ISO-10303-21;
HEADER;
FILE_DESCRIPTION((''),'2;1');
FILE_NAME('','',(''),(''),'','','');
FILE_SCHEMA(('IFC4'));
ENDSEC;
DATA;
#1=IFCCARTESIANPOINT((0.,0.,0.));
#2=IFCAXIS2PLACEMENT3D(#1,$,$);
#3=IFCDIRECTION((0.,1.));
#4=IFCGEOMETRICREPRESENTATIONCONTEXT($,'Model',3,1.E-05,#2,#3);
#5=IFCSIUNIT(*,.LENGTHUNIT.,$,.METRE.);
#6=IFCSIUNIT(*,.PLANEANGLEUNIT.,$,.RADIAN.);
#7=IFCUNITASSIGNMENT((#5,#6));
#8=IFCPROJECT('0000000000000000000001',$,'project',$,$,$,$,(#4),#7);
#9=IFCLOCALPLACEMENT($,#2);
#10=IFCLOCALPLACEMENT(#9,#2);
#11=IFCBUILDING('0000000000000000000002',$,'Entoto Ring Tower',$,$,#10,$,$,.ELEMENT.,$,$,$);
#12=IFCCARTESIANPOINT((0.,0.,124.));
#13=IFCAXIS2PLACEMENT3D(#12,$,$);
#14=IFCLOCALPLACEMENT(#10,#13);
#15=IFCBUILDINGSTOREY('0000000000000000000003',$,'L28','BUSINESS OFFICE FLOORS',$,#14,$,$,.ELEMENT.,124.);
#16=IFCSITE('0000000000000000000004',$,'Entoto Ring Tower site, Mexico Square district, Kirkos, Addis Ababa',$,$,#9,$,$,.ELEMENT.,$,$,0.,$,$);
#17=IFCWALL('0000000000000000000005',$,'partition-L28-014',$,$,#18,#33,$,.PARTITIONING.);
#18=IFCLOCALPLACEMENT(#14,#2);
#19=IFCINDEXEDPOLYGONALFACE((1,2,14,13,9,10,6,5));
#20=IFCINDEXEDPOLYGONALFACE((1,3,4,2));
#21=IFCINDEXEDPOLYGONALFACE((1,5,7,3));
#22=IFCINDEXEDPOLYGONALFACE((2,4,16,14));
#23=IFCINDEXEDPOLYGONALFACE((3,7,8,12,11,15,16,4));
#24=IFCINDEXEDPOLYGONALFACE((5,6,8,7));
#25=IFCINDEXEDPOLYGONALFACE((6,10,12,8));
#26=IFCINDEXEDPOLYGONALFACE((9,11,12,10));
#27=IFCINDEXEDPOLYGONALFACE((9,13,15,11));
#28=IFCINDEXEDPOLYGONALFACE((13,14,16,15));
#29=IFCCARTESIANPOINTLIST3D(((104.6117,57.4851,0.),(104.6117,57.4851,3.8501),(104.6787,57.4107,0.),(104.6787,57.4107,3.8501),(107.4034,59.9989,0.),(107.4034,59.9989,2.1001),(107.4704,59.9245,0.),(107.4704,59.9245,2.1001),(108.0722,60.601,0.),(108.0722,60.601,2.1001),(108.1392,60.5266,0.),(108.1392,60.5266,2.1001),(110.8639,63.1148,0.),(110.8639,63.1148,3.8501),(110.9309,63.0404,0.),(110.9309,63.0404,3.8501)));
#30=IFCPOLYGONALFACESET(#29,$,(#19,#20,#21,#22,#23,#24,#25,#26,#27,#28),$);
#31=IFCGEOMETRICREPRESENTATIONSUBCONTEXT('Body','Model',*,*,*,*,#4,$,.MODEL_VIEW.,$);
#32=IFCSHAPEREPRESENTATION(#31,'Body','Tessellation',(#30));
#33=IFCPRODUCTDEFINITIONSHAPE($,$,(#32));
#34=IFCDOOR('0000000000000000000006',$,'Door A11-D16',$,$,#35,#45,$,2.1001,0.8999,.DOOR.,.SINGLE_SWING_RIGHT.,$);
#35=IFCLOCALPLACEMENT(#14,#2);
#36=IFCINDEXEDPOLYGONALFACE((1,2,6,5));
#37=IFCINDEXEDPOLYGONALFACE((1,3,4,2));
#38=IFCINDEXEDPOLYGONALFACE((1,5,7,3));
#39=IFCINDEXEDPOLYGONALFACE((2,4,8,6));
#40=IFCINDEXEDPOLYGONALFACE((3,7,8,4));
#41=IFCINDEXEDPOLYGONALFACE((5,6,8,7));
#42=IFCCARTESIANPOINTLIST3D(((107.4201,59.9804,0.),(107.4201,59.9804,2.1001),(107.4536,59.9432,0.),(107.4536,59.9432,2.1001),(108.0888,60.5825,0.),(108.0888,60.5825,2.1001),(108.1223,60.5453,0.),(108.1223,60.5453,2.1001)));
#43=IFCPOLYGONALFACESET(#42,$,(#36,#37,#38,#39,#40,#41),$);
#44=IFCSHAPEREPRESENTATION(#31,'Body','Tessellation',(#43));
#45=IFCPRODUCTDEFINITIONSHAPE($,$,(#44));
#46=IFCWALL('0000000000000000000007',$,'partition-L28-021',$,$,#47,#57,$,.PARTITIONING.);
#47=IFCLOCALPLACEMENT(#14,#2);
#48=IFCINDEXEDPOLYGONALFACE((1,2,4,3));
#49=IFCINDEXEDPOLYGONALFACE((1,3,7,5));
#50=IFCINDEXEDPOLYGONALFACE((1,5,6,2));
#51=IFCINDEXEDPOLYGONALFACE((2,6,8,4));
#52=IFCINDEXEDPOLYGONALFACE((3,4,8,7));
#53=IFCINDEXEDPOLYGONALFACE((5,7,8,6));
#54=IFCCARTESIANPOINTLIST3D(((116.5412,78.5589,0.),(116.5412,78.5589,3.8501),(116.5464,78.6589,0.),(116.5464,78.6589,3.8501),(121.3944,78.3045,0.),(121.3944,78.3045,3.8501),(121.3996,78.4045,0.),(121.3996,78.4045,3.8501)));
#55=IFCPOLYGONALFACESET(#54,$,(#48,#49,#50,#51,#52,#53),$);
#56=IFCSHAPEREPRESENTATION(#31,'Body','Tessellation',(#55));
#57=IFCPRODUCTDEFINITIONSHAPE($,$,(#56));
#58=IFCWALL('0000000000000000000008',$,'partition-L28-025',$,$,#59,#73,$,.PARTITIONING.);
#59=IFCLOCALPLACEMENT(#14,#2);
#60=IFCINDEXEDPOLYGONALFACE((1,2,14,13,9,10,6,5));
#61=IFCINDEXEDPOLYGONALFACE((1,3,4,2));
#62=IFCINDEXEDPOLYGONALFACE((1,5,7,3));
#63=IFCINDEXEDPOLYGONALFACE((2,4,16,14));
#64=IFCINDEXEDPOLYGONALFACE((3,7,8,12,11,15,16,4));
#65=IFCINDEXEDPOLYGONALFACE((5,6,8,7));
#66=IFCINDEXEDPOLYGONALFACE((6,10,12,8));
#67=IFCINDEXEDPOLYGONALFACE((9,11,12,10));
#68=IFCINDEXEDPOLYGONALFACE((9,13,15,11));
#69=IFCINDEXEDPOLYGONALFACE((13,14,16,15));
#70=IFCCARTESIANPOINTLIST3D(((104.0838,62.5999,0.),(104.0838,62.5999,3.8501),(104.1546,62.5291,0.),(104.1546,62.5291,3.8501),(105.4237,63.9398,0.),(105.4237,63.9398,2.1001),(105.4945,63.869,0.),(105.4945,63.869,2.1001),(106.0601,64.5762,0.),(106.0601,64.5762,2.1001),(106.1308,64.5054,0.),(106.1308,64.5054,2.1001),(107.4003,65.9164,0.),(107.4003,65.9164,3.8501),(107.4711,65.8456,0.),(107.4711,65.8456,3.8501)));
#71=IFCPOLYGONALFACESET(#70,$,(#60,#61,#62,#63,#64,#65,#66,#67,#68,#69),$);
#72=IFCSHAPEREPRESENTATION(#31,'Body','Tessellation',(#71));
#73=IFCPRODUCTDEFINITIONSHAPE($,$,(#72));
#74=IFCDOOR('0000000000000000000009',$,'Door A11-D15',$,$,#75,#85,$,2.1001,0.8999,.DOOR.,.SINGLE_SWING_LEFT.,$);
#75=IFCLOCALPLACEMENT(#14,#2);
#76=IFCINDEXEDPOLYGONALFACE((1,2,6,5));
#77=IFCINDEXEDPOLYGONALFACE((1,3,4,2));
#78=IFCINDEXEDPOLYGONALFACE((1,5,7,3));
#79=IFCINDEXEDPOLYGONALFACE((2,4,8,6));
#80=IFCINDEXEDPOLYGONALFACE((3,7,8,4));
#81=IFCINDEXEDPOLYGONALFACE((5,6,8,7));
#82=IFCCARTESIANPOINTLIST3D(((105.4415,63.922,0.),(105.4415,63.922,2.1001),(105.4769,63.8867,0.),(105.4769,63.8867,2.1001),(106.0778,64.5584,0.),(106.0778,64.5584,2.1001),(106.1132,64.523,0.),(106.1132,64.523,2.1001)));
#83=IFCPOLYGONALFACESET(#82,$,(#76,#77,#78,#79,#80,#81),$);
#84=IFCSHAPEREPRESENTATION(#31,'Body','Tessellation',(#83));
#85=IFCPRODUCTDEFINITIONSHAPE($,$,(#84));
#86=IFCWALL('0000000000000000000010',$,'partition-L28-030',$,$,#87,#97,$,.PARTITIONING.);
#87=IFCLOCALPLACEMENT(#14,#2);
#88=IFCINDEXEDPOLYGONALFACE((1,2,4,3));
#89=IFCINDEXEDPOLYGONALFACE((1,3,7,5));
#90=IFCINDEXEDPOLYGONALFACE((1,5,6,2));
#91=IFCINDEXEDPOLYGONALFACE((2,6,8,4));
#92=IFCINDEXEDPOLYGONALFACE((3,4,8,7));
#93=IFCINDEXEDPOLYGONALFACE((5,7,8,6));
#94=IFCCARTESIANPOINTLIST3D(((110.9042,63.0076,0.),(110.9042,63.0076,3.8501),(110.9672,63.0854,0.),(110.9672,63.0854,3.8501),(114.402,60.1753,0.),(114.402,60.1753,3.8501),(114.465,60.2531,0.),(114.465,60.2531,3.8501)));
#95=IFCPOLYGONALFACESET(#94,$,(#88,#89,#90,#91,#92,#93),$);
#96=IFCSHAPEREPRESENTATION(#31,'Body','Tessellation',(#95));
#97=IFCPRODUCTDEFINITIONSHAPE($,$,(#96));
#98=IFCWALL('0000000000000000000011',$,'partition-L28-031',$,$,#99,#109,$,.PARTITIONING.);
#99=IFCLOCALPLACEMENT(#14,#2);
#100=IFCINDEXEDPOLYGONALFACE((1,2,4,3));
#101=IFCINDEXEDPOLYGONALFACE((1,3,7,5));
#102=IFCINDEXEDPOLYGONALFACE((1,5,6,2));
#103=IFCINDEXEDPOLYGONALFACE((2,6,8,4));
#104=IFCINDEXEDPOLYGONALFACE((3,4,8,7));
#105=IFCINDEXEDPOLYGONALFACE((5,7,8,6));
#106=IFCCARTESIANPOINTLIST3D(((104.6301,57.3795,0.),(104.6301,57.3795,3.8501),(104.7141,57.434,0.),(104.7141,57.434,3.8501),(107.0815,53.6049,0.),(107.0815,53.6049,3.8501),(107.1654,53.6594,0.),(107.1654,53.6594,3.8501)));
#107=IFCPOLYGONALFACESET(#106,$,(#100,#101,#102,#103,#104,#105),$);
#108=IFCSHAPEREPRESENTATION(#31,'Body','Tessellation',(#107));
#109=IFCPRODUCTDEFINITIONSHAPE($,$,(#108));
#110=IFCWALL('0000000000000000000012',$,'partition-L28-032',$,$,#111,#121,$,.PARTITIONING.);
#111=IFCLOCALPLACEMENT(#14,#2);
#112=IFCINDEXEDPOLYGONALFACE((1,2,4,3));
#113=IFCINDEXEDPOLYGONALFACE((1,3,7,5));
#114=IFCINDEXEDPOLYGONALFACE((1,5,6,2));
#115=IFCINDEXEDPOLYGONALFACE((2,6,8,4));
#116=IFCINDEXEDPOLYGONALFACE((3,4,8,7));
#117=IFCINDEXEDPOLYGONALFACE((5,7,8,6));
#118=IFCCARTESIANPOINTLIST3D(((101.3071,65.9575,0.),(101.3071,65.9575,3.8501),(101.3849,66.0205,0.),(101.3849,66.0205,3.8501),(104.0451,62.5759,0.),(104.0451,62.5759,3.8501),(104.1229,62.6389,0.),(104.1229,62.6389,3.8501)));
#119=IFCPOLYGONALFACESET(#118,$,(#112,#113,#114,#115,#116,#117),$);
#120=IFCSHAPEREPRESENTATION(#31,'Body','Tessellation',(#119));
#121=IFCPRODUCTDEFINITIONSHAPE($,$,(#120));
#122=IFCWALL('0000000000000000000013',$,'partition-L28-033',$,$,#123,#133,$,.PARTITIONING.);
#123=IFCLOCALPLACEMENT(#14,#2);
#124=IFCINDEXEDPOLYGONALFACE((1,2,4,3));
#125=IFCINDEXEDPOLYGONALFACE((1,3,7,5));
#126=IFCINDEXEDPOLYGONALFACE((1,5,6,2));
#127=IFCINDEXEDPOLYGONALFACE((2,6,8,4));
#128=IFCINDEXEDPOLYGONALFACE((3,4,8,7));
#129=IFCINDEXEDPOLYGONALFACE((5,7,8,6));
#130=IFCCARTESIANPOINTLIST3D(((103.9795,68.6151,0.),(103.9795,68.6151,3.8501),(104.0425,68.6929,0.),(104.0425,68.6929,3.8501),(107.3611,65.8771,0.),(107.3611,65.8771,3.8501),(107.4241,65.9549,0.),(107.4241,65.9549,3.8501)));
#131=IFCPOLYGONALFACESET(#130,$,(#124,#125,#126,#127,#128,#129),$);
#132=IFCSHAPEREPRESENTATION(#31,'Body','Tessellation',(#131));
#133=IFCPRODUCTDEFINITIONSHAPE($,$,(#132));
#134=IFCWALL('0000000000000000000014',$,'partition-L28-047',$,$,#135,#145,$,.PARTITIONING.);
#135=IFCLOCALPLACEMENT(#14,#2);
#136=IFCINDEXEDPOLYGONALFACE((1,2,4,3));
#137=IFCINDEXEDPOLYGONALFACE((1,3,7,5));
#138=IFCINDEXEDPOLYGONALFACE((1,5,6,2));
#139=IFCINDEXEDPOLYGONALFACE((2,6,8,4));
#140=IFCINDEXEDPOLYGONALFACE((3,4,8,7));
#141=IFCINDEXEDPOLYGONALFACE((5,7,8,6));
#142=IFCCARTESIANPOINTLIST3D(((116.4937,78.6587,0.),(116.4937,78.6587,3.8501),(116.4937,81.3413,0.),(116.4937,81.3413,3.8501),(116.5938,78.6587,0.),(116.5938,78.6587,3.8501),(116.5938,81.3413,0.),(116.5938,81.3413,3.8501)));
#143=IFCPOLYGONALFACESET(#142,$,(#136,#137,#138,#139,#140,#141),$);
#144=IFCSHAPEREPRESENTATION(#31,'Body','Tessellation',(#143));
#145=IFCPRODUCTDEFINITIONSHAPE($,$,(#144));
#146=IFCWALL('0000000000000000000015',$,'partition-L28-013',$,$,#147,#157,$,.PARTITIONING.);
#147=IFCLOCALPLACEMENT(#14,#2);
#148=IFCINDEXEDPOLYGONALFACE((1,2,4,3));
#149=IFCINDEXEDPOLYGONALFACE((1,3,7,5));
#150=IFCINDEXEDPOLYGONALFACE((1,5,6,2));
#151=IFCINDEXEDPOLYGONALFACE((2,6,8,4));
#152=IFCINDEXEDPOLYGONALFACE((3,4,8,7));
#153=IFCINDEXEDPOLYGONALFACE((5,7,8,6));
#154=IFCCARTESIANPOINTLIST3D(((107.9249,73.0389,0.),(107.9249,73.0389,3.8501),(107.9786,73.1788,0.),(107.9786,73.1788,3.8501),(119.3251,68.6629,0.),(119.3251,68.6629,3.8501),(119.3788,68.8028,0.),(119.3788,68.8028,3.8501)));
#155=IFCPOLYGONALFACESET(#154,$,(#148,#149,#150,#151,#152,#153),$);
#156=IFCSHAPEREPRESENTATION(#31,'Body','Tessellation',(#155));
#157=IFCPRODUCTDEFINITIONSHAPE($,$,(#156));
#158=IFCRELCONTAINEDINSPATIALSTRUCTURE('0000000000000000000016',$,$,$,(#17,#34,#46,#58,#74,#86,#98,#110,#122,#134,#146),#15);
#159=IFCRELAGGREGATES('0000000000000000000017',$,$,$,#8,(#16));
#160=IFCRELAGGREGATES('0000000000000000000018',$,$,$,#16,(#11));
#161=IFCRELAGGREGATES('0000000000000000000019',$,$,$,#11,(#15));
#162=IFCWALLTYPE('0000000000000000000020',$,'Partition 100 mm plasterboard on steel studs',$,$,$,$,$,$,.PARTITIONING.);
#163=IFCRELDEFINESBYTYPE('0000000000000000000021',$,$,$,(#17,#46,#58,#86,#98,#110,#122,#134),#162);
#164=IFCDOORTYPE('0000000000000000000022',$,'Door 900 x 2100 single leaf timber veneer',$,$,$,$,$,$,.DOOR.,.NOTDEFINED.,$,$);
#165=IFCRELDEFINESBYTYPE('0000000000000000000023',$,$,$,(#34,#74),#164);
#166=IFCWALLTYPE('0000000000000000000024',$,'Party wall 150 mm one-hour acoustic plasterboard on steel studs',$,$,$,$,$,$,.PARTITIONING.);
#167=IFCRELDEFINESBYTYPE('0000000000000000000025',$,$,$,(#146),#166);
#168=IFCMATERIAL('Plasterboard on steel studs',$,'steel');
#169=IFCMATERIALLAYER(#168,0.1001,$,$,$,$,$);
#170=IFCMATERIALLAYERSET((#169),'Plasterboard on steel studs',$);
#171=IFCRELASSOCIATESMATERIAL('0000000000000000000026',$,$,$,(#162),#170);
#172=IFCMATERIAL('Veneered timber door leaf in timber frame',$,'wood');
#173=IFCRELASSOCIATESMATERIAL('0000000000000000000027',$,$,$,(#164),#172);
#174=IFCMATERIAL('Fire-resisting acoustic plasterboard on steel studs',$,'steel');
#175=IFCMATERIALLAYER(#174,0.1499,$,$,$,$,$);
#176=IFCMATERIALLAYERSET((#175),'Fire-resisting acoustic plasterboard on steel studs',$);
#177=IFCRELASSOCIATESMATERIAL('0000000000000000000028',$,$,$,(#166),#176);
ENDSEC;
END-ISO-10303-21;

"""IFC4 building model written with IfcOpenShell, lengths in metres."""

from ifc_helpers import new_model, si_unit, direction, frame, frame_2d, origin, place, context, subcontext, project, spatial, rectangle, extrude, material, layer, layer_set, type_object, element, fill, save


model = new_model("IFC4")

# Units and contexts
model_context = context("Model", 3, precision=1e-05, world=origin(), true_north=direction((0.0, 1.0)))
body_context = subcontext(model_context, "Body", "Model", "MODEL_VIEW")
ifc_project = project(units=[si_unit("LENGTHUNIT", "METRE"), si_unit("PLANEANGLEUNIT", "RADIAN")], contexts=[model_context])

# Site, building, storey
site_placement = place(None, origin())
site = spatial("IfcSite", under=ifc_project, at=site_placement, Name="Entoto Ring Tower site, Mexico Square district, Kirkos, Addis Ababa", CompositionType="ELEMENT", RefElevation=0.0)
building_placement = place(site_placement, origin())
building = spatial("IfcBuilding", under=site, at=building_placement, Name="Entoto Ring Tower", CompositionType="ELEMENT")
storey_placement = place(building_placement, frame((0.0, 0.0, 124.0)))
storey = spatial("IfcBuildingStorey", under=building, at=storey_placement, Name="L28", Description="BUSINESS OFFICE FLOORS", CompositionType="ELEMENT", Elevation=124.0)

# Wall, opening, door
ifc_material_1 = material(Name="Plasterboard on steel studs", Category="steel")
ifc_layer_1 = layer(ifc_material_1, 0.1001)
ifc_layer_set_1 = layer_set([ifc_layer_1], Name="Plasterboard on steel studs")
wall_type_1 = type_object("IfcWallType", Name="Partition 100 mm plasterboard on steel studs", PredefinedType="PARTITIONING", material=ifc_layer_set_1)
wall_1_placement = place(storey_placement, frame((104.6453, 57.448, 0.0), z_axis=(0.0, 0.0, 1.0), x_axis=(0.743137, 0.669139, 0.0)))
wall_1 = element("IfcWall", 1, at=wall_1_placement, inside=storey, type_object=wall_type_1, Name="partition-L28-014", PredefinedType="PARTITIONING", context=body_context, shape_type="SweptSolid", body=[
    extrude(rectangle(XDim=8.4133, YDim=0.1001, at=frame_2d((4.2065, 0.0))), origin(), (0.0, 0.0, 1.0), 3.8501),
])
opening_1_placement = place(wall_1_placement, frame((3.7566, 0.0, 0.0)))
opening_1 = element("IfcOpeningElement", 2, at=opening_1_placement, cuts=wall_1, PredefinedType="OPENING", context=body_context, shape_type="SweptSolid", body=[
    extrude(rectangle(XDim=0.8999, YDim=2.1001, at=frame_2d((0.45, 1.05))), frame((0.0, 0.0601, 0.0), z_axis=(0.0, -1.0, 0.0), x_axis=(1.0, 0.0, 0.0)), (0.0, 0.0, 1.0), 0.1201),
])
ifc_material_2 = material(Name="Veneered timber door leaf in timber frame", Category="wood")
door_type_1 = type_object("IfcDoorType", Name="Door 900 x 2100 single leaf timber veneer", OperationType="NOTDEFINED", PredefinedType="DOOR", material=ifc_material_2)
door_1_placement = place(opening_1_placement, frame((0.8999, 0.0, 0.0), z_axis=(0.0, 0.0, 1.0), x_axis=(-1.0, 0.0, 0.0)))
door_1 = element("IfcDoor", 3, at=door_1_placement, inside=storey, type_object=door_type_1, Name="Door A11-D16", OperationType="SINGLE_SWING_RIGHT", OverallHeight=2.1001, OverallWidth=0.8999, PredefinedType="DOOR", context=body_context, shape_type="SweptSolid", body=[
    extrude(rectangle(XDim=0.8999, YDim=2.1001, at=frame_2d((0.45, 1.05))), frame((0.0, 0.0249, 0.0), z_axis=(0.0, -1.0, 0.0), x_axis=(1.0, 0.0, 0.0)), (0.0, 0.0, 1.0), 0.05),
])
fill(opening_1, door_1)

# Wall
wall_2_placement = place(storey_placement, frame((121.397, 78.3545, 0.0), z_axis=(0.0, 0.0, 1.0), x_axis=(-0.998629, 0.052345, 0.0)))
element("IfcWall", 4, at=wall_2_placement, inside=storey, type_object=wall_type_1, Name="partition-L28-021", PredefinedType="PARTITIONING", context=body_context, shape_type="SweptSolid", body=[
    extrude(rectangle(XDim=4.8599, YDim=0.1001, at=frame_2d((2.4299, 0.0))), origin(), (0.0, 0.0, 1.0), 3.8501),
])

# Wall, opening, door
wall_3_placement = place(storey_placement, frame((104.1191, 62.5645, 0.0), z_axis=(0.0, 0.0, 1.0), x_axis=(0.707107, 0.707107, 0.0)))
wall_3 = element("IfcWall", 5, at=wall_3_placement, inside=storey, type_object=wall_type_1, Name="partition-L28-025", PredefinedType="PARTITIONING", context=body_context, shape_type="SweptSolid", body=[
    extrude(rectangle(XDim=4.6902, YDim=0.1001, at=frame_2d((2.3452, 0.0))), origin(), (0.0, 0.0, 1.0), 3.8501),
])
opening_2_placement = place(wall_3_placement, frame((1.895, 0.0, 0.0)))
opening_2 = element("IfcOpeningElement", 6, at=opening_2_placement, cuts=wall_3, PredefinedType="OPENING", context=body_context, shape_type="SweptSolid", body=[
    extrude(rectangle(XDim=0.8999, YDim=2.1001, at=frame_2d((0.45, 1.05))), frame((0.0, 0.0601, 0.0), z_axis=(0.0, -1.0, 0.0), x_axis=(1.0, 0.0, 0.0)), (0.0, 0.0, 1.0), 0.1201),
])
door_2_placement = place(opening_2_placement, origin())
door_2 = element("IfcDoor", 7, at=door_2_placement, inside=storey, type_object=door_type_1, Name="Door A11-D15", OperationType="SINGLE_SWING_LEFT", OverallHeight=2.1001, OverallWidth=0.8999, PredefinedType="DOOR", context=body_context, shape_type="SweptSolid", body=[
    extrude(rectangle(XDim=0.8999, YDim=2.1001, at=frame_2d((0.45, 1.05))), frame((0.0, 0.0249, 0.0), z_axis=(0.0, -1.0, 0.0), x_axis=(1.0, 0.0, 0.0)), (0.0, 0.0, 1.0), 0.05),
])
fill(opening_2, door_2)

# Walls
for number, where, z_axis, x_axis, name in (
    (8, (114.4336, 60.2141, 0.0), (0.0, 0.0, 1.0), (-0.777167, 0.629295, 0.0), "partition-L28-030"),
    (9, (107.1235, 53.6321, 0.0), (0.0, 0.0, 1.0), (-0.544658, 0.838658, 0.0), "partition-L28-031"),
):
    element("IfcWall", number, at=place(storey_placement, frame(where, z_axis=z_axis, x_axis=x_axis)), inside=storey, type_object=wall_type_1, Name=name, PredefinedType="PARTITIONING", context=body_context, shape_type="SweptSolid", body=[
        extrude(rectangle(XDim=4.5007, YDim=0.1001, at=frame_2d((2.2505, 0.0))), origin(), (0.0, 0.0, 1.0), 3.8501),
    ])
for number, where, z_axis, x_axis, name in (
    (10, (104.084, 62.6074, 0.0), (0.0, 0.0, 1.0), (-0.629276, 0.777182, 0.0), "partition-L28-032"),
    (11, (107.3926, 65.916, 0.0), (0.0, 0.0, 1.0), (-0.777182, 0.629276, 0.0), "partition-L28-033"),
):
    element("IfcWall", number, at=place(storey_placement, frame(where, z_axis=z_axis, x_axis=x_axis)), inside=storey, type_object=wall_type_1, Name=name, PredefinedType="PARTITIONING", context=body_context, shape_type="SweptSolid", body=[
        extrude(rectangle(XDim=4.3511, YDim=0.1001, at=frame_2d((2.1755, 0.0))), origin(), (0.0, 0.0, 1.0), 3.8501),
    ])
wall_4_placement = place(storey_placement, frame((116.5437, 78.6587, 0.0), z_axis=(0.0, 0.0, 1.0), x_axis=(0.0, 1.0, 0.0)))
element("IfcWall", 12, at=wall_4_placement, inside=storey, type_object=wall_type_1, Name="partition-L28-047", PredefinedType="PARTITIONING", context=body_context, shape_type="SweptSolid", body=[
    extrude(rectangle(XDim=2.6826, YDim=0.1001, at=frame_2d((1.3413, 0.0))), origin(), (0.0, 0.0, 1.0), 3.8501),
])
ifc_material_3 = material(Name="Fire-resisting acoustic plasterboard on steel studs", Category="steel")
ifc_layer_2 = layer(ifc_material_3, 0.1499)
ifc_layer_set_2 = layer_set([ifc_layer_2], Name="Fire-resisting acoustic plasterboard on steel studs")
wall_type_2 = type_object("IfcWallType", Name="Party wall 150 mm one-hour acoustic plasterboard on steel studs", PredefinedType="PARTITIONING", material=ifc_layer_set_2)
wall_5_placement = place(storey_placement, frame((119.3518, 68.7329, 0.0), z_axis=(0.0, 0.0, 1.0), x_axis=(-0.933584, 0.358359, 0.0)))
element("IfcWall", 13, at=wall_5_placement, inside=storey, type_object=wall_type_2, Name="partition-L28-013", PredefinedType="PARTITIONING", context=body_context, shape_type="SweptSolid", body=[
    extrude(rectangle(XDim=12.2112, YDim=0.1499, at=frame_2d((6.1055, 0.0))), origin(), (0.0, 0.0, 1.0), 3.8501),
])

save(model, "model.ifc")
